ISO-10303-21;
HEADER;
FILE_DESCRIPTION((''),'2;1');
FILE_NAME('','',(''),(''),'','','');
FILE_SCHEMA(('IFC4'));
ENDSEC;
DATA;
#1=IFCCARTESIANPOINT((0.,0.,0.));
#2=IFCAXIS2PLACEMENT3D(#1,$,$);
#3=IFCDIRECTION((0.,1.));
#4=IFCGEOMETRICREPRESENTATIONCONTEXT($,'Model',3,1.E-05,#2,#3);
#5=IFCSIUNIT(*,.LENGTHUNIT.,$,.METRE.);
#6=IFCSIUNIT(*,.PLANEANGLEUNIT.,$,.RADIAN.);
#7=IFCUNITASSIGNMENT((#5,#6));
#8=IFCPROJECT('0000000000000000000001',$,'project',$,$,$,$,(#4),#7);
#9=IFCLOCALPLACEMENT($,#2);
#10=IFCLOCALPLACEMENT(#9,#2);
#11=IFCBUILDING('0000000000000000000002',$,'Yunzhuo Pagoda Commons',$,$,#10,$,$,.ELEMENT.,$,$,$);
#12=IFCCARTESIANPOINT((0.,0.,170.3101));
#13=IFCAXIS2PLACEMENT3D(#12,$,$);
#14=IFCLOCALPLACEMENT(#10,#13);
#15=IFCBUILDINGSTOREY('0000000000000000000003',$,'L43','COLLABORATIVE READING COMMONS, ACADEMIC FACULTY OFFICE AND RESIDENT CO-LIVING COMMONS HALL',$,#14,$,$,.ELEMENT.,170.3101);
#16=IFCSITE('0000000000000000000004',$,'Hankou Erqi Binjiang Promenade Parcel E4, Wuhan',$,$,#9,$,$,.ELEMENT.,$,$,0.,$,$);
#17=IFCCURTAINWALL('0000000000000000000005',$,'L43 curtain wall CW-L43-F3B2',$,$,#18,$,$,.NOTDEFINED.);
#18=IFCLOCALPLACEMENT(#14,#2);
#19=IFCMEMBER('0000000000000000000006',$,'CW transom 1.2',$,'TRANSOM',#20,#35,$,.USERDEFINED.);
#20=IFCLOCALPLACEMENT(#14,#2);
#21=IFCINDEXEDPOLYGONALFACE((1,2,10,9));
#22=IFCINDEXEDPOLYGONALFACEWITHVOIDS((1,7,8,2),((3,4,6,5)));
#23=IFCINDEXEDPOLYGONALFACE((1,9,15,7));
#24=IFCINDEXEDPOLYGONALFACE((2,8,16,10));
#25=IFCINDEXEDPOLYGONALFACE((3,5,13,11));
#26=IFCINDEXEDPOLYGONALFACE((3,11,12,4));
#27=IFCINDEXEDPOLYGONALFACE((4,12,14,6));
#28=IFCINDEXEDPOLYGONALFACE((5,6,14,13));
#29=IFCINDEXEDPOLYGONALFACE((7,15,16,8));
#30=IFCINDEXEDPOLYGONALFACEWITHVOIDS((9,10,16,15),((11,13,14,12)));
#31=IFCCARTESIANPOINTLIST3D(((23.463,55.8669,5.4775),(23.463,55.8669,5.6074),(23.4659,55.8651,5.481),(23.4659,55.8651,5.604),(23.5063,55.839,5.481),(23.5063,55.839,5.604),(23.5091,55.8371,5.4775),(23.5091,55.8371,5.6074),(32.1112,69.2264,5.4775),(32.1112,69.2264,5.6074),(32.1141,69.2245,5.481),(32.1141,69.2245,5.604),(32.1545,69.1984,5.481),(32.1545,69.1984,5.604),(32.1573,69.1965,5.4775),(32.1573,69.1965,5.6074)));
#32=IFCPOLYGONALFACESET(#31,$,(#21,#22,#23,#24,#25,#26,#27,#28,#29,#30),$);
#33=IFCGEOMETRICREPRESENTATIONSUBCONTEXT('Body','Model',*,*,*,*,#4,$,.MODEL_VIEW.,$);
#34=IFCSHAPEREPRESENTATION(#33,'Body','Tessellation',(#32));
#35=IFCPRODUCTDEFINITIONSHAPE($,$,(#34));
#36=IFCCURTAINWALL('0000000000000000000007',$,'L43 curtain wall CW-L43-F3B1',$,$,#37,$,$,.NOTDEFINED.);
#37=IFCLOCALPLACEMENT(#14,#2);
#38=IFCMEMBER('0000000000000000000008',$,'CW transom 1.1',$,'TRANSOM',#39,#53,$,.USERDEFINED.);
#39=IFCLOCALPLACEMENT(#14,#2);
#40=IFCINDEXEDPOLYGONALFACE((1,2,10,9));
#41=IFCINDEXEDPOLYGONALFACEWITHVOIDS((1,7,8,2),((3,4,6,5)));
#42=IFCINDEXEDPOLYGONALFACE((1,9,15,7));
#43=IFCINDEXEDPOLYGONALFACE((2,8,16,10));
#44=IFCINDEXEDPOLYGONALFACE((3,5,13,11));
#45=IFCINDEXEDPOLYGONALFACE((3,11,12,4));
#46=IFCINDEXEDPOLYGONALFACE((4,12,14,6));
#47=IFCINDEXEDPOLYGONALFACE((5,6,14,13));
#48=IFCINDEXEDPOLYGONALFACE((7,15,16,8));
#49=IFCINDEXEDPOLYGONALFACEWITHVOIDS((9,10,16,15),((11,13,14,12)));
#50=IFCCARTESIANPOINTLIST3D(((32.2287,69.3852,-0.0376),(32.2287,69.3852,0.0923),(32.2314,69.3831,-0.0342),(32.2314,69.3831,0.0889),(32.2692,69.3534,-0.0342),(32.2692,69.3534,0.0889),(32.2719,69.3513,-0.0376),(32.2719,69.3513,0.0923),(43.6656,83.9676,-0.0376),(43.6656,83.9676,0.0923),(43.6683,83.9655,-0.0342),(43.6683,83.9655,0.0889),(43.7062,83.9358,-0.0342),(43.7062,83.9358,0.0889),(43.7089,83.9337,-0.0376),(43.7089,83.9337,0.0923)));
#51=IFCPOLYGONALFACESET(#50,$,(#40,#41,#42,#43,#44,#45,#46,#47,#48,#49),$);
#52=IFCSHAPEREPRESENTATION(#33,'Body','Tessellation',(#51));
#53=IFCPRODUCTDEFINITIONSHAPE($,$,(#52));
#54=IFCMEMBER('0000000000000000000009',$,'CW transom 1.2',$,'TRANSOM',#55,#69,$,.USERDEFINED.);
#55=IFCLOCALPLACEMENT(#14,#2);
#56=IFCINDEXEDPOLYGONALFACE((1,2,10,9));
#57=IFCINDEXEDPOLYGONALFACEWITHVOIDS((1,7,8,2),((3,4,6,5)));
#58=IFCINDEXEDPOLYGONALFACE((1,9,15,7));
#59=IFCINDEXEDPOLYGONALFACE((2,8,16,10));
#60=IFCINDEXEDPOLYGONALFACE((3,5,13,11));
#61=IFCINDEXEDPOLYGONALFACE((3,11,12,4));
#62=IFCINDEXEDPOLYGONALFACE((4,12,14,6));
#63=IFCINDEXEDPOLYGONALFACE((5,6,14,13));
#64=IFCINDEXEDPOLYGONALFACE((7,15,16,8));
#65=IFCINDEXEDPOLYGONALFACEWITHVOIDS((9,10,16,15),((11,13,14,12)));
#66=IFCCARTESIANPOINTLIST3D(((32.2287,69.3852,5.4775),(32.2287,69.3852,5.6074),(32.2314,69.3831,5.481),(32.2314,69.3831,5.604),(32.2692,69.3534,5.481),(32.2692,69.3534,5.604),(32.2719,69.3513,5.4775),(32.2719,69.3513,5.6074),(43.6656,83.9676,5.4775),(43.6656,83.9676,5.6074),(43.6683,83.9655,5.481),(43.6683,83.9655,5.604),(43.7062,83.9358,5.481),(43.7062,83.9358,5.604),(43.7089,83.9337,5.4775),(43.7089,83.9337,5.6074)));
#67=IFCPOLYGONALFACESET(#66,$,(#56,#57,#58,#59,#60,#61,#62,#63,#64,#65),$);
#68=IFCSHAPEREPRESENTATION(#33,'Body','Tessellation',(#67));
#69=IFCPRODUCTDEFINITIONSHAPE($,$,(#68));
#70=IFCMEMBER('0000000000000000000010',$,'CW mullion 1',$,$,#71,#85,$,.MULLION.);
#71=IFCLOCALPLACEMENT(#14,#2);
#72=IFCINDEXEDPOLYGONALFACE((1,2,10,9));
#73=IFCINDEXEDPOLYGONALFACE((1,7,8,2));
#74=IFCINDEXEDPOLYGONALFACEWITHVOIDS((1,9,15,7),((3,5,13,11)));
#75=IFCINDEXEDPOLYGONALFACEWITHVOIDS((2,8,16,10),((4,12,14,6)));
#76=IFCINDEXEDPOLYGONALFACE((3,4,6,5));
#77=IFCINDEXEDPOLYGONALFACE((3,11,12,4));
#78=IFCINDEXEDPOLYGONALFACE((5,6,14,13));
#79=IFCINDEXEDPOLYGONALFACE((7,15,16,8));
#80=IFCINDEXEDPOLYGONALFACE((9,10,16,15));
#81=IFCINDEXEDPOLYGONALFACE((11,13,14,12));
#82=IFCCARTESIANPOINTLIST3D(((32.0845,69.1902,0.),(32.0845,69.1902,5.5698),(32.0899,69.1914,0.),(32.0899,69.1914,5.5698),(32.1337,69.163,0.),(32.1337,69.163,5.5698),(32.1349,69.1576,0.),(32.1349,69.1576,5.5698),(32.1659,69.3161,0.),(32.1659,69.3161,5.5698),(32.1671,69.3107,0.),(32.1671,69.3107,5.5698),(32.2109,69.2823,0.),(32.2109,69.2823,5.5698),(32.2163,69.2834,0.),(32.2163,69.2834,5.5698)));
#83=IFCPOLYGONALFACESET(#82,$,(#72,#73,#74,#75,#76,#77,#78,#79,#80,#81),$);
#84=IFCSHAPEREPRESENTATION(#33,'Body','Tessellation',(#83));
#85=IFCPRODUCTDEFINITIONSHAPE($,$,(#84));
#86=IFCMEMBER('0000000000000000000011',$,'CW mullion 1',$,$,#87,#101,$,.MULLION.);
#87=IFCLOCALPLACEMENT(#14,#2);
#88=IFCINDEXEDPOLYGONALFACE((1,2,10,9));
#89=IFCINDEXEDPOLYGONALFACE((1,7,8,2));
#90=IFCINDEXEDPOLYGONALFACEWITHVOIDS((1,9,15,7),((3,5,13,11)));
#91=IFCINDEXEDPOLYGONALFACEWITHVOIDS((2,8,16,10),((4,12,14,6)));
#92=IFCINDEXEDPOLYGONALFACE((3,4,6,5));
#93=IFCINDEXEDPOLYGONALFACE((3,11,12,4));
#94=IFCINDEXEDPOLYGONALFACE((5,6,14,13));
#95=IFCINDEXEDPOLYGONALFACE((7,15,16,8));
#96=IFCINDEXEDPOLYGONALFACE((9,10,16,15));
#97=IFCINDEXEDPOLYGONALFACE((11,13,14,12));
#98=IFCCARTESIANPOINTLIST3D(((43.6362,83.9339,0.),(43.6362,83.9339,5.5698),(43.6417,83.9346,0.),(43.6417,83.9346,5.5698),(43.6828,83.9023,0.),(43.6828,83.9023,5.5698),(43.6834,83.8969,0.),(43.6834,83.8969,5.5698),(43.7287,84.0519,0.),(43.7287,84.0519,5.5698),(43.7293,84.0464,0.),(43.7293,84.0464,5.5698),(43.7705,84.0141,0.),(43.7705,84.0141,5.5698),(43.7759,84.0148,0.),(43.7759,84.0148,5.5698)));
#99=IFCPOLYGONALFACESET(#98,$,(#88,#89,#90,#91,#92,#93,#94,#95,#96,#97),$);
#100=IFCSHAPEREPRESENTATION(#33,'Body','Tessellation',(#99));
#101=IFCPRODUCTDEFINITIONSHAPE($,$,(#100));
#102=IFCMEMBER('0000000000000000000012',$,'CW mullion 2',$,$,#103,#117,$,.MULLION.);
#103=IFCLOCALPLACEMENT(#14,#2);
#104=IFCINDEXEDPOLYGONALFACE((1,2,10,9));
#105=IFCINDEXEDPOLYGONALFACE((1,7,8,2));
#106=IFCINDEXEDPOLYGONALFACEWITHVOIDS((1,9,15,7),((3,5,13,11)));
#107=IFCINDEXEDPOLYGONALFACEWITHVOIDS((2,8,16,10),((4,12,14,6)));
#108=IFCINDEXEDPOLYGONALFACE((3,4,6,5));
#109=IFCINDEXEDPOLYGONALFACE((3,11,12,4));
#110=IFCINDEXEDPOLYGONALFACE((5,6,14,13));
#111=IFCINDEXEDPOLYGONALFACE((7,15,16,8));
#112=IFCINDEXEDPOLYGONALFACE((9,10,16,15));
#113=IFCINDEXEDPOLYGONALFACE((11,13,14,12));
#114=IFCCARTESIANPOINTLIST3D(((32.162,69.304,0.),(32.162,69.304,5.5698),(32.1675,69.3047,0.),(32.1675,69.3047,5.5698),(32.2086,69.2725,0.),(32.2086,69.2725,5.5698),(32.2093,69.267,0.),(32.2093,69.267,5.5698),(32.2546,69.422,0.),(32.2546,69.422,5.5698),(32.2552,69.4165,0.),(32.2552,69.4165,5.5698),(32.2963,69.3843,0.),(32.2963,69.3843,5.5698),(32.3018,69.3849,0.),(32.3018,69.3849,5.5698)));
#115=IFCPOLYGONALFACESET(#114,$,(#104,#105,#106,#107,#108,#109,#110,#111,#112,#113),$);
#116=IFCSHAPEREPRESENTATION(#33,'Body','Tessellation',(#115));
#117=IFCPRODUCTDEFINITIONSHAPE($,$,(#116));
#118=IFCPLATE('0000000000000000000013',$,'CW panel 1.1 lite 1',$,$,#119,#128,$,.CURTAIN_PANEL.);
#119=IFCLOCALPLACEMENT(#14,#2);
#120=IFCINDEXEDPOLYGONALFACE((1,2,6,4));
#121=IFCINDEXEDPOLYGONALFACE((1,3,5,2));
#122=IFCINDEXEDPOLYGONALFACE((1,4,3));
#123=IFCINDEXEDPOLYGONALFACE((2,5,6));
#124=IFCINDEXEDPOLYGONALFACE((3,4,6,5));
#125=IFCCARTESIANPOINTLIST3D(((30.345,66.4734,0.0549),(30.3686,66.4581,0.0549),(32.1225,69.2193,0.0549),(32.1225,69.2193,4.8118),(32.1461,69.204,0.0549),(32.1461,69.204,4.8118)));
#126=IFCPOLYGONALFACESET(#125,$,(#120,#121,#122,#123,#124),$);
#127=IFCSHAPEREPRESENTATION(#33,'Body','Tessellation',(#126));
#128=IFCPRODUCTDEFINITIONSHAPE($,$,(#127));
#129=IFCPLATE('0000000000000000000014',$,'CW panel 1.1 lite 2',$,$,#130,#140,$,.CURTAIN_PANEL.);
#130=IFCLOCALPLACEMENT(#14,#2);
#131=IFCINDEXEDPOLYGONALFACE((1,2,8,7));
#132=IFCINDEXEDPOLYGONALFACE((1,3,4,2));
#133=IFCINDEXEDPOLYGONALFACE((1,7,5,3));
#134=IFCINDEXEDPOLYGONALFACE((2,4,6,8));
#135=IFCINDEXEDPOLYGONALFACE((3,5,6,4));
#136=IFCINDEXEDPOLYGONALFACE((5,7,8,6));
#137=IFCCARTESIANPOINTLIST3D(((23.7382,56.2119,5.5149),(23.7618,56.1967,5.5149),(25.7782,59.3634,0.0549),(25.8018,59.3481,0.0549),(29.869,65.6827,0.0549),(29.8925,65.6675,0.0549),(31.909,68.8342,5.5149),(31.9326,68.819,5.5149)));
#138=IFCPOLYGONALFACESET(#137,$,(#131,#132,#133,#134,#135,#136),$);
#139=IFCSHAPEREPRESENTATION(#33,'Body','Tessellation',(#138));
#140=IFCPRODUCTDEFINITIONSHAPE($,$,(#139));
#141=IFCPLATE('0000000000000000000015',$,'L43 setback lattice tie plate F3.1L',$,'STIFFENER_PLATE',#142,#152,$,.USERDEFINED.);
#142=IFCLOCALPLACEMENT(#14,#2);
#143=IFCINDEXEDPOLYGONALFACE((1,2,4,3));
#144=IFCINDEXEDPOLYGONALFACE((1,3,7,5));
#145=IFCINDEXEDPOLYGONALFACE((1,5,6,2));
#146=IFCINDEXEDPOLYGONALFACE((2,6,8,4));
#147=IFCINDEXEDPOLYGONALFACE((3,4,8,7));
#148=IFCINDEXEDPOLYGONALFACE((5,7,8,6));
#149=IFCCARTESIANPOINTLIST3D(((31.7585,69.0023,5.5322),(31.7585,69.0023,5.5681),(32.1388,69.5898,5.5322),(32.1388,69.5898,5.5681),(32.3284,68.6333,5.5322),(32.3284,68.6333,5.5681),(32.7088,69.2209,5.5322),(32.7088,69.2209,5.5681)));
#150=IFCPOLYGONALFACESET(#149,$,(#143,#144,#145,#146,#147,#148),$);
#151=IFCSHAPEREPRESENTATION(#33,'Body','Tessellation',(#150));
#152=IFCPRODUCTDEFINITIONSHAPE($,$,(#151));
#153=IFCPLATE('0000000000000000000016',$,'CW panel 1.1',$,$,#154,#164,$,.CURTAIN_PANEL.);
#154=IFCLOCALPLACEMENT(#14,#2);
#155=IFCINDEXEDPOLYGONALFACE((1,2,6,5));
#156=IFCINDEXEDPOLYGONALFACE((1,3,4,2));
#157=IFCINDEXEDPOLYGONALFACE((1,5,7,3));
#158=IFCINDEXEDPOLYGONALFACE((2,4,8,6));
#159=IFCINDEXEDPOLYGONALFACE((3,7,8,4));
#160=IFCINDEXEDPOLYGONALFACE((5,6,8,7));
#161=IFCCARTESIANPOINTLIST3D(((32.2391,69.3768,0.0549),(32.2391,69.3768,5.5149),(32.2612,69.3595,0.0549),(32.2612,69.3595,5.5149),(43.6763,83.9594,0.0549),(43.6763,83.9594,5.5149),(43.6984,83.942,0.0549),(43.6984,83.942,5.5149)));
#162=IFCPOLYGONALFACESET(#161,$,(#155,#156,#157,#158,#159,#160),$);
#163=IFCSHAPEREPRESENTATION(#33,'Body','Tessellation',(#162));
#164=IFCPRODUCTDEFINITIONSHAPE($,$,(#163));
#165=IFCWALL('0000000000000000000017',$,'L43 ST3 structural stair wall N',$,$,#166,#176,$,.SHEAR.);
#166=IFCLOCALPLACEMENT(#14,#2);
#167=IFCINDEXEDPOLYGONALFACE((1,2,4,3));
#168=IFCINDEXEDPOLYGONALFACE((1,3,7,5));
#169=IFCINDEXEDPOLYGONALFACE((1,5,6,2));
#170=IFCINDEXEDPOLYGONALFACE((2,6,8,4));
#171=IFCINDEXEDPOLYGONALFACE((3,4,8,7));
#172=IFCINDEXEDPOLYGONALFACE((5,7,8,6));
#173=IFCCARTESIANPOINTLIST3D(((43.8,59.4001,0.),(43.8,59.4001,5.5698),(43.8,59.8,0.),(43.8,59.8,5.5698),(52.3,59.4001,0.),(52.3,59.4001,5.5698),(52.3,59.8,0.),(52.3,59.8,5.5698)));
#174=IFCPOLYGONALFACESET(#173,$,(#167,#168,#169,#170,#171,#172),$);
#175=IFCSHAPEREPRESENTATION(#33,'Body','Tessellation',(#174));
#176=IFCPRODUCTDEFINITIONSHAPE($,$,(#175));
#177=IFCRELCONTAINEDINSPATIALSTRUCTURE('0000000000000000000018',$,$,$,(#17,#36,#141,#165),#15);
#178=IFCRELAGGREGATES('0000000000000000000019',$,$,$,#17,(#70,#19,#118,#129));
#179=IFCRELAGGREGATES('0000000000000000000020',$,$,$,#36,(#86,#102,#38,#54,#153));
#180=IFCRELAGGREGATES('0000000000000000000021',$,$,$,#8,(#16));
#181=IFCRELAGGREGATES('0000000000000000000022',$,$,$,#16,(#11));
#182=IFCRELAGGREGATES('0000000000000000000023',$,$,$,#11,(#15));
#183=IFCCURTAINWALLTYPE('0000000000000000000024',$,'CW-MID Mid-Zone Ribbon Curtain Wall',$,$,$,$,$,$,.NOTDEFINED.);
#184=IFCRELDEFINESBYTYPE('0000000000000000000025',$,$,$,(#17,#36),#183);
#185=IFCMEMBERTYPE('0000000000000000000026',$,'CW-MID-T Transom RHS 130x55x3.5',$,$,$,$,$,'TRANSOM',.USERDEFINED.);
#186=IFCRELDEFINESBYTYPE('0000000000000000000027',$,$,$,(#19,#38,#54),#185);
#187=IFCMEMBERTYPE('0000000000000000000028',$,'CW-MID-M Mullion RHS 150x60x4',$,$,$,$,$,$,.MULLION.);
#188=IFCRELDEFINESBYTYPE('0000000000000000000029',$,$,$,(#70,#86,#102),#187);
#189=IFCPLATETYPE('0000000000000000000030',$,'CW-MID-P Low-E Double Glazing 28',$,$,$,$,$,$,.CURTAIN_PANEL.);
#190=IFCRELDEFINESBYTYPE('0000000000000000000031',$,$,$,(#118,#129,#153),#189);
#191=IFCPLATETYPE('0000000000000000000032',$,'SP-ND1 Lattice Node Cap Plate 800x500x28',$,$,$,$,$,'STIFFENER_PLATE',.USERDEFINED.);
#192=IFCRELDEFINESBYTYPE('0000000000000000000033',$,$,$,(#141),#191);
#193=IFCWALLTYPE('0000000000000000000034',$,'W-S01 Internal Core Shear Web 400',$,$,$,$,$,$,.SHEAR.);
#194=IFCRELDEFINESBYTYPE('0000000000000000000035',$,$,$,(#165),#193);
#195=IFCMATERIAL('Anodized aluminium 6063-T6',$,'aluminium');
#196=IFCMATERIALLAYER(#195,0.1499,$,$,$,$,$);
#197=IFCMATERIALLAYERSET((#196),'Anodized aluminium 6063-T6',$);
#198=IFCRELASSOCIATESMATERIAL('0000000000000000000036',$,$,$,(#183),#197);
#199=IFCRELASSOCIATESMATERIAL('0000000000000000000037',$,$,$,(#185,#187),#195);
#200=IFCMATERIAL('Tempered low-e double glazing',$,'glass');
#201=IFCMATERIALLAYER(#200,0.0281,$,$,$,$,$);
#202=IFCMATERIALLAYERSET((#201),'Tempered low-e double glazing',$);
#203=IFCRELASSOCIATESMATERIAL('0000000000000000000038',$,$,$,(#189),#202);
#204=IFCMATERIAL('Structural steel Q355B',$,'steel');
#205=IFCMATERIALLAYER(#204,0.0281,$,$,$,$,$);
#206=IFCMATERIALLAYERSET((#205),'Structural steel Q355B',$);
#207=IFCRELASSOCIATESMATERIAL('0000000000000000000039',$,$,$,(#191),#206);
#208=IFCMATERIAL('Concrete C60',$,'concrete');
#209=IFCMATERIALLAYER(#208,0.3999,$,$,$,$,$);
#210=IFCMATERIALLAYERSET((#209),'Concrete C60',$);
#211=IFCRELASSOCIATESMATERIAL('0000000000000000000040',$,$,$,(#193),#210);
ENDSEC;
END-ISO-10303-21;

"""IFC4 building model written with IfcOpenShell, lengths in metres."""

from ifc_helpers import new_model, si_unit, direction, frame, frame_2d, origin, origin_2d, place, context, subcontext, project, spatial, polyline, rectangle, hollow_rectangle, outline, extrude, source, transform, mapped, material, layer, layer_set, material_profile, profile_set, type_object, element, aggregate, save


model = new_model("IFC4")

# Units and contexts
model_context = context("Model", 3, precision=1e-05, world=origin(), true_north=direction((0.0, 1.0)))
body_context = subcontext(model_context, "Body", "Model", "MODEL_VIEW")
ifc_project = project(units=[si_unit("LENGTHUNIT", "METRE"), si_unit("PLANEANGLEUNIT", "RADIAN")], contexts=[model_context])

# Site, building, storey
site_placement = place(None, origin())
site = spatial("IfcSite", under=ifc_project, at=site_placement, Name="Hankou Erqi Binjiang Promenade Parcel E4, Wuhan", CompositionType="ELEMENT", RefElevation=0.0)
building_placement = place(site_placement, origin())
building = spatial("IfcBuilding", under=site, at=building_placement, Name="Yunzhuo Pagoda Commons", CompositionType="ELEMENT")
storey_placement = place(building_placement, frame((0.0, 0.0, 170.3101)))
storey = spatial("IfcBuildingStorey", under=building, at=storey_placement, Name="L43", Description="COLLABORATIVE READING COMMONS, ACADEMIC FACULTY OFFICE AND RESIDENT CO-LIVING COMMONS HALL", CompositionType="ELEMENT", Elevation=170.3101)

# Shared definitions
ifc_material_1 = material(Name="Structural steel Q355B", Category="steel")

# Curtain walls, members
ifc_material_2 = material(Name="Anodized aluminium 6063-T6", Category="aluminium")
ifc_layer_1 = layer(ifc_material_2, 0.1499)
ifc_layer_set_1 = layer_set([ifc_layer_1], Name="Anodized aluminium 6063-T6")
curtain_wall_type = type_object("IfcCurtainWallType", Name="CW-MID Mid-Zone Ribbon Curtain Wall", PredefinedType="NOTDEFINED", material=ifc_layer_set_1)
curtain_wall_1_placement = place(storey_placement, origin())
curtain_wall_1 = element("IfcCurtainWall", 1, at=curtain_wall_1_placement, inside=storey, type_object=curtain_wall_type, Name="L43 curtain wall CW-L43-F3B2", PredefinedType="NOTDEFINED")
ifc_material_profile_1 = material_profile(ifc_material_2, hollow_rectangle(XDim=0.0549, YDim=0.1299, WallThickness=0.0034, at=origin_2d()), Name="Anodized aluminium 6063-T6")
ifc_profile_set_1 = profile_set([ifc_material_profile_1], Name="Anodized aluminium 6063-T6")
member_type_1 = type_object("IfcMemberType", Name="CW-MID-T Transom RHS 130x55x3.5", ElementType="TRANSOM", PredefinedType="USERDEFINED", material=ifc_profile_set_1)
shared_shape_1 = source(origin(), body_context, "Body", "SweptSolid", [
    extrude(hollow_rectangle(XDim=0.0549, YDim=0.1299, WallThickness=0.0034, at=origin_2d()), origin(), (0.0, 0.0, 1.0), 15.9143),
])
member_1_placement = place(storey_placement, frame((32.1343, 69.2114, 5.5425), z_axis=(-0.543424, -0.839459, 0.0), x_axis=(0.839459, -0.543424, 0.0)))
member_1 = element("IfcMember", 2, at=member_1_placement, type_object=member_type_1, Name="CW transom 1.2", ObjectType="TRANSOM", PredefinedType="USERDEFINED", context=body_context, shape_type="MappedRepresentation", body=[
    mapped(shared_shape_1, transform((0.0, 0.0, 0.0), scale=1.0)),
])
curtain_wall_2_placement = place(storey_placement, origin())
curtain_wall_2 = element("IfcCurtainWall", 3, at=curtain_wall_2_placement, inside=storey, type_object=curtain_wall_type, Name="L43 curtain wall CW-L43-F3B1", PredefinedType="NOTDEFINED")
shared_shape_2 = source(origin(), body_context, "Body", "SweptSolid", [
    extrude(hollow_rectangle(XDim=0.0549, YDim=0.1299, WallThickness=0.0034, at=origin_2d()), origin(), (0.0, 0.0, 1.0), 18.5325),
])
member_2_placement = place(storey_placement, frame((43.6873, 83.9507, 0.0273), z_axis=(-0.617131, -0.78686, 0.0), x_axis=(0.78686, -0.617131, 0.0)))
member_2 = element("IfcMember", 4, at=member_2_placement, type_object=member_type_1, Name="CW transom 1.1", ObjectType="TRANSOM", PredefinedType="USERDEFINED", context=body_context, shape_type="MappedRepresentation", body=[
    mapped(shared_shape_2, transform((0.0, 0.0, 0.0), scale=1.0)),
])
member_3_placement = place(storey_placement, frame((43.6873, 83.9507, 5.5425), z_axis=(-0.617131, -0.78686, 0.0), x_axis=(0.78686, -0.617131, 0.0)))
member_3 = element("IfcMember", 5, at=member_3_placement, type_object=member_type_1, Name="CW transom 1.2", ObjectType="TRANSOM", PredefinedType="USERDEFINED", context=body_context, shape_type="MappedRepresentation", body=[
    mapped(shared_shape_2, transform((0.0, 0.0, 0.0), scale=1.0)),
])

# Members
ifc_material_profile_2 = material_profile(ifc_material_2, hollow_rectangle(XDim=0.0601, YDim=0.1499, WallThickness=0.0039, at=origin_2d()), Name="Anodized aluminium 6063-T6")
ifc_profile_set_2 = profile_set([ifc_material_profile_2], Name="Anodized aluminium 6063-T6")
member_type_2 = type_object("IfcMemberType", Name="CW-MID-M Mullion RHS 150x60x4", PredefinedType="MULLION", material=ifc_profile_set_2)
shared_shape_3 = source(origin(), body_context, "Body", "SweptSolid", [
    extrude(hollow_rectangle(XDim=0.0601, YDim=0.1499, WallThickness=0.0039, at=origin_2d()), origin(), (0.0, 0.0, 1.0), 5.5698),
])
member_4_placement = place(storey_placement, frame((32.1504, 69.2368, 0.0), z_axis=(0.0, 0.0, 1.0), x_axis=(0.839466, -0.543412, 0.0)))
member_4 = element("IfcMember", 6, at=member_4_placement, type_object=member_type_2, Name="CW mullion 1", PredefinedType="MULLION", context=body_context, shape_type="MappedRepresentation", body=[
    mapped(shared_shape_3, transform((0.0, 0.0, 0.0), scale=1.0)),
])
member_5_placement = place(storey_placement, frame((43.7061, 83.9744, 0.0), z_axis=(0.0, 0.0, 1.0), x_axis=(0.786855, -0.617138, 0.0)))
member_5 = element("IfcMember", 7, at=member_5_placement, type_object=member_type_2, Name="CW mullion 1", PredefinedType="MULLION", context=body_context, shape_type="MappedRepresentation", body=[
    mapped(shared_shape_3, transform((0.0, 0.0, 0.0), scale=1.0)),
])
member_6_placement = place(storey_placement, frame((32.2319, 69.3445, 0.0), z_axis=(0.0, 0.0, 1.0), x_axis=(0.786855, -0.617138, 0.0)))
member_6 = element("IfcMember", 8, at=member_6_placement, type_object=member_type_2, Name="CW mullion 2", PredefinedType="MULLION", context=body_context, shape_type="MappedRepresentation", body=[
    mapped(shared_shape_3, transform((0.0, 0.0, 0.0), scale=1.0)),
])

# Plates
ifc_material_3 = material(Name="Tempered low-e double glazing", Category="glass")
ifc_layer_2 = layer(ifc_material_3, 0.0281)
ifc_layer_set_2 = layer_set([ifc_layer_2], Name="Tempered low-e double glazing")
plate_type_1 = type_object("IfcPlateType", Name="CW-MID-P Low-E Double Glazing 28", PredefinedType="CURTAIN_PANEL", material=ifc_layer_set_2)
plate_1_placement = place(storey_placement, frame((31.2573, 67.8311, 2.4333), z_axis=(-0.839466, 0.543412, 0.0), x_axis=(-0.543412, -0.839466, 0.0)))
plate_1 = element("IfcPlate", 9, at=plate_1_placement, type_object=plate_type_1, Name="CW panel 1.1 lite 1", PredefinedType="CURTAIN_PANEL", context=body_context, shape_type="SweptSolid", body=[
    extrude(outline(polyline([(-1.6355, -2.3784), (1.6355, -2.3784), (-1.6355, 2.3784), (-1.6355, -2.3784)])), origin(), (0.0, 0.0, 1.0), 0.0281),
])
plate_2_placement = place(storey_placement, frame((27.8472, 62.5078, 2.7849), z_axis=(-0.839466, 0.543412, 0.0), x_axis=(-0.543412, -0.839466, 0.0)))
plate_2 = element("IfcPlate", 10, at=plate_2_placement, type_object=plate_type_1, Name="CW panel 1.1 lite 2", PredefinedType="CURTAIN_PANEL", context=body_context, shape_type="SweptSolid", body=[
    extrude(outline(polyline([(-7.5181, 2.73), (-3.7639, -2.73), (3.7639, -2.73), (7.5181, 2.73), (-7.5181, 2.73)])), origin(), (0.0, 0.0, 1.0), 0.0281),
])
aggregate(curtain_wall_1, [member_4, member_1, plate_1, plate_2])
ifc_layer_3 = layer(ifc_material_1, 0.0281)
ifc_layer_set_3 = layer_set([ifc_layer_3], Name="Structural steel Q355B")
plate_type_2 = type_object("IfcPlateType", Name="SP-ND1 Lattice Node Cap Plate 800x500x28", ElementType="STIFFENER_PLATE", PredefinedType="USERDEFINED", material=ifc_layer_set_3)
shared_shape_4 = source(origin(), body_context, "Body", "SweptSolid", [
    extrude(rectangle(XDim=0.7, YDim=0.679, at=origin_2d()), origin(), (0.0, 0.0, 1.0), 0.0359),
])
plate_3_placement = place(storey_placement, frame((32.2336, 69.1116, 5.5322), z_axis=(0.0, 0.0, 1.0), x_axis=(-0.543409, -0.839468, 0.0)))
element("IfcPlate", 11, at=plate_3_placement, inside=storey, type_object=plate_type_2, Name="L43 setback lattice tie plate F3.1L", ObjectType="STIFFENER_PLATE", PredefinedType="USERDEFINED", context=body_context, shape_type="MappedRepresentation", body=[
    mapped(shared_shape_4, transform((0.0, 0.0, 0.0), scale=1.0)),
])
shared_shape_5 = source(origin(), body_context, "Body", "SweptSolid", [
    extrude(rectangle(XDim=18.5327, YDim=0.0281, at=origin_2d()), origin(), (0.0, 0.0, 1.0), 5.46),
])
plate_4_placement = place(storey_placement, frame((37.9688, 76.6594, 0.0549), z_axis=(0.0, 0.0, 1.0), x_axis=(-0.617138, -0.786855, 0.0)))
plate_4 = element("IfcPlate", 12, at=plate_4_placement, type_object=plate_type_1, Name="CW panel 1.1", PredefinedType="CURTAIN_PANEL", context=body_context, shape_type="MappedRepresentation", body=[
    mapped(shared_shape_5, transform((0.0, 0.0, 0.0), scale=1.0)),
])
aggregate(curtain_wall_2, [member_5, member_6, member_2, member_3, plate_4])

# Wall
ifc_material_4 = material(Name="Concrete C60", Category="concrete")
ifc_layer_4 = layer(ifc_material_4, 0.3999)
ifc_layer_set_4 = layer_set([ifc_layer_4], Name="Concrete C60")
wall_type = type_object("IfcWallType", Name="W-S01 Internal Core Shear Web 400", PredefinedType="SHEAR", material=ifc_layer_set_4)
wall_placement = place(storey_placement, frame((43.8, 59.6001, 0.0), z_axis=(0.0, 0.0, 1.0), x_axis=(1.0, 0.0, 0.0)))
element("IfcWall", 13, at=wall_placement, inside=storey, type_object=wall_type, Name="L43 ST3 structural stair wall N", PredefinedType="SHEAR", context=body_context, shape_type="SweptSolid", body=[
    extrude(rectangle(XDim=8.5, YDim=0.3999, at=frame_2d((4.25, 0.0))), origin(), (0.0, 0.0, 1.0), 5.5698),
])

save(model, "model.ifc")
